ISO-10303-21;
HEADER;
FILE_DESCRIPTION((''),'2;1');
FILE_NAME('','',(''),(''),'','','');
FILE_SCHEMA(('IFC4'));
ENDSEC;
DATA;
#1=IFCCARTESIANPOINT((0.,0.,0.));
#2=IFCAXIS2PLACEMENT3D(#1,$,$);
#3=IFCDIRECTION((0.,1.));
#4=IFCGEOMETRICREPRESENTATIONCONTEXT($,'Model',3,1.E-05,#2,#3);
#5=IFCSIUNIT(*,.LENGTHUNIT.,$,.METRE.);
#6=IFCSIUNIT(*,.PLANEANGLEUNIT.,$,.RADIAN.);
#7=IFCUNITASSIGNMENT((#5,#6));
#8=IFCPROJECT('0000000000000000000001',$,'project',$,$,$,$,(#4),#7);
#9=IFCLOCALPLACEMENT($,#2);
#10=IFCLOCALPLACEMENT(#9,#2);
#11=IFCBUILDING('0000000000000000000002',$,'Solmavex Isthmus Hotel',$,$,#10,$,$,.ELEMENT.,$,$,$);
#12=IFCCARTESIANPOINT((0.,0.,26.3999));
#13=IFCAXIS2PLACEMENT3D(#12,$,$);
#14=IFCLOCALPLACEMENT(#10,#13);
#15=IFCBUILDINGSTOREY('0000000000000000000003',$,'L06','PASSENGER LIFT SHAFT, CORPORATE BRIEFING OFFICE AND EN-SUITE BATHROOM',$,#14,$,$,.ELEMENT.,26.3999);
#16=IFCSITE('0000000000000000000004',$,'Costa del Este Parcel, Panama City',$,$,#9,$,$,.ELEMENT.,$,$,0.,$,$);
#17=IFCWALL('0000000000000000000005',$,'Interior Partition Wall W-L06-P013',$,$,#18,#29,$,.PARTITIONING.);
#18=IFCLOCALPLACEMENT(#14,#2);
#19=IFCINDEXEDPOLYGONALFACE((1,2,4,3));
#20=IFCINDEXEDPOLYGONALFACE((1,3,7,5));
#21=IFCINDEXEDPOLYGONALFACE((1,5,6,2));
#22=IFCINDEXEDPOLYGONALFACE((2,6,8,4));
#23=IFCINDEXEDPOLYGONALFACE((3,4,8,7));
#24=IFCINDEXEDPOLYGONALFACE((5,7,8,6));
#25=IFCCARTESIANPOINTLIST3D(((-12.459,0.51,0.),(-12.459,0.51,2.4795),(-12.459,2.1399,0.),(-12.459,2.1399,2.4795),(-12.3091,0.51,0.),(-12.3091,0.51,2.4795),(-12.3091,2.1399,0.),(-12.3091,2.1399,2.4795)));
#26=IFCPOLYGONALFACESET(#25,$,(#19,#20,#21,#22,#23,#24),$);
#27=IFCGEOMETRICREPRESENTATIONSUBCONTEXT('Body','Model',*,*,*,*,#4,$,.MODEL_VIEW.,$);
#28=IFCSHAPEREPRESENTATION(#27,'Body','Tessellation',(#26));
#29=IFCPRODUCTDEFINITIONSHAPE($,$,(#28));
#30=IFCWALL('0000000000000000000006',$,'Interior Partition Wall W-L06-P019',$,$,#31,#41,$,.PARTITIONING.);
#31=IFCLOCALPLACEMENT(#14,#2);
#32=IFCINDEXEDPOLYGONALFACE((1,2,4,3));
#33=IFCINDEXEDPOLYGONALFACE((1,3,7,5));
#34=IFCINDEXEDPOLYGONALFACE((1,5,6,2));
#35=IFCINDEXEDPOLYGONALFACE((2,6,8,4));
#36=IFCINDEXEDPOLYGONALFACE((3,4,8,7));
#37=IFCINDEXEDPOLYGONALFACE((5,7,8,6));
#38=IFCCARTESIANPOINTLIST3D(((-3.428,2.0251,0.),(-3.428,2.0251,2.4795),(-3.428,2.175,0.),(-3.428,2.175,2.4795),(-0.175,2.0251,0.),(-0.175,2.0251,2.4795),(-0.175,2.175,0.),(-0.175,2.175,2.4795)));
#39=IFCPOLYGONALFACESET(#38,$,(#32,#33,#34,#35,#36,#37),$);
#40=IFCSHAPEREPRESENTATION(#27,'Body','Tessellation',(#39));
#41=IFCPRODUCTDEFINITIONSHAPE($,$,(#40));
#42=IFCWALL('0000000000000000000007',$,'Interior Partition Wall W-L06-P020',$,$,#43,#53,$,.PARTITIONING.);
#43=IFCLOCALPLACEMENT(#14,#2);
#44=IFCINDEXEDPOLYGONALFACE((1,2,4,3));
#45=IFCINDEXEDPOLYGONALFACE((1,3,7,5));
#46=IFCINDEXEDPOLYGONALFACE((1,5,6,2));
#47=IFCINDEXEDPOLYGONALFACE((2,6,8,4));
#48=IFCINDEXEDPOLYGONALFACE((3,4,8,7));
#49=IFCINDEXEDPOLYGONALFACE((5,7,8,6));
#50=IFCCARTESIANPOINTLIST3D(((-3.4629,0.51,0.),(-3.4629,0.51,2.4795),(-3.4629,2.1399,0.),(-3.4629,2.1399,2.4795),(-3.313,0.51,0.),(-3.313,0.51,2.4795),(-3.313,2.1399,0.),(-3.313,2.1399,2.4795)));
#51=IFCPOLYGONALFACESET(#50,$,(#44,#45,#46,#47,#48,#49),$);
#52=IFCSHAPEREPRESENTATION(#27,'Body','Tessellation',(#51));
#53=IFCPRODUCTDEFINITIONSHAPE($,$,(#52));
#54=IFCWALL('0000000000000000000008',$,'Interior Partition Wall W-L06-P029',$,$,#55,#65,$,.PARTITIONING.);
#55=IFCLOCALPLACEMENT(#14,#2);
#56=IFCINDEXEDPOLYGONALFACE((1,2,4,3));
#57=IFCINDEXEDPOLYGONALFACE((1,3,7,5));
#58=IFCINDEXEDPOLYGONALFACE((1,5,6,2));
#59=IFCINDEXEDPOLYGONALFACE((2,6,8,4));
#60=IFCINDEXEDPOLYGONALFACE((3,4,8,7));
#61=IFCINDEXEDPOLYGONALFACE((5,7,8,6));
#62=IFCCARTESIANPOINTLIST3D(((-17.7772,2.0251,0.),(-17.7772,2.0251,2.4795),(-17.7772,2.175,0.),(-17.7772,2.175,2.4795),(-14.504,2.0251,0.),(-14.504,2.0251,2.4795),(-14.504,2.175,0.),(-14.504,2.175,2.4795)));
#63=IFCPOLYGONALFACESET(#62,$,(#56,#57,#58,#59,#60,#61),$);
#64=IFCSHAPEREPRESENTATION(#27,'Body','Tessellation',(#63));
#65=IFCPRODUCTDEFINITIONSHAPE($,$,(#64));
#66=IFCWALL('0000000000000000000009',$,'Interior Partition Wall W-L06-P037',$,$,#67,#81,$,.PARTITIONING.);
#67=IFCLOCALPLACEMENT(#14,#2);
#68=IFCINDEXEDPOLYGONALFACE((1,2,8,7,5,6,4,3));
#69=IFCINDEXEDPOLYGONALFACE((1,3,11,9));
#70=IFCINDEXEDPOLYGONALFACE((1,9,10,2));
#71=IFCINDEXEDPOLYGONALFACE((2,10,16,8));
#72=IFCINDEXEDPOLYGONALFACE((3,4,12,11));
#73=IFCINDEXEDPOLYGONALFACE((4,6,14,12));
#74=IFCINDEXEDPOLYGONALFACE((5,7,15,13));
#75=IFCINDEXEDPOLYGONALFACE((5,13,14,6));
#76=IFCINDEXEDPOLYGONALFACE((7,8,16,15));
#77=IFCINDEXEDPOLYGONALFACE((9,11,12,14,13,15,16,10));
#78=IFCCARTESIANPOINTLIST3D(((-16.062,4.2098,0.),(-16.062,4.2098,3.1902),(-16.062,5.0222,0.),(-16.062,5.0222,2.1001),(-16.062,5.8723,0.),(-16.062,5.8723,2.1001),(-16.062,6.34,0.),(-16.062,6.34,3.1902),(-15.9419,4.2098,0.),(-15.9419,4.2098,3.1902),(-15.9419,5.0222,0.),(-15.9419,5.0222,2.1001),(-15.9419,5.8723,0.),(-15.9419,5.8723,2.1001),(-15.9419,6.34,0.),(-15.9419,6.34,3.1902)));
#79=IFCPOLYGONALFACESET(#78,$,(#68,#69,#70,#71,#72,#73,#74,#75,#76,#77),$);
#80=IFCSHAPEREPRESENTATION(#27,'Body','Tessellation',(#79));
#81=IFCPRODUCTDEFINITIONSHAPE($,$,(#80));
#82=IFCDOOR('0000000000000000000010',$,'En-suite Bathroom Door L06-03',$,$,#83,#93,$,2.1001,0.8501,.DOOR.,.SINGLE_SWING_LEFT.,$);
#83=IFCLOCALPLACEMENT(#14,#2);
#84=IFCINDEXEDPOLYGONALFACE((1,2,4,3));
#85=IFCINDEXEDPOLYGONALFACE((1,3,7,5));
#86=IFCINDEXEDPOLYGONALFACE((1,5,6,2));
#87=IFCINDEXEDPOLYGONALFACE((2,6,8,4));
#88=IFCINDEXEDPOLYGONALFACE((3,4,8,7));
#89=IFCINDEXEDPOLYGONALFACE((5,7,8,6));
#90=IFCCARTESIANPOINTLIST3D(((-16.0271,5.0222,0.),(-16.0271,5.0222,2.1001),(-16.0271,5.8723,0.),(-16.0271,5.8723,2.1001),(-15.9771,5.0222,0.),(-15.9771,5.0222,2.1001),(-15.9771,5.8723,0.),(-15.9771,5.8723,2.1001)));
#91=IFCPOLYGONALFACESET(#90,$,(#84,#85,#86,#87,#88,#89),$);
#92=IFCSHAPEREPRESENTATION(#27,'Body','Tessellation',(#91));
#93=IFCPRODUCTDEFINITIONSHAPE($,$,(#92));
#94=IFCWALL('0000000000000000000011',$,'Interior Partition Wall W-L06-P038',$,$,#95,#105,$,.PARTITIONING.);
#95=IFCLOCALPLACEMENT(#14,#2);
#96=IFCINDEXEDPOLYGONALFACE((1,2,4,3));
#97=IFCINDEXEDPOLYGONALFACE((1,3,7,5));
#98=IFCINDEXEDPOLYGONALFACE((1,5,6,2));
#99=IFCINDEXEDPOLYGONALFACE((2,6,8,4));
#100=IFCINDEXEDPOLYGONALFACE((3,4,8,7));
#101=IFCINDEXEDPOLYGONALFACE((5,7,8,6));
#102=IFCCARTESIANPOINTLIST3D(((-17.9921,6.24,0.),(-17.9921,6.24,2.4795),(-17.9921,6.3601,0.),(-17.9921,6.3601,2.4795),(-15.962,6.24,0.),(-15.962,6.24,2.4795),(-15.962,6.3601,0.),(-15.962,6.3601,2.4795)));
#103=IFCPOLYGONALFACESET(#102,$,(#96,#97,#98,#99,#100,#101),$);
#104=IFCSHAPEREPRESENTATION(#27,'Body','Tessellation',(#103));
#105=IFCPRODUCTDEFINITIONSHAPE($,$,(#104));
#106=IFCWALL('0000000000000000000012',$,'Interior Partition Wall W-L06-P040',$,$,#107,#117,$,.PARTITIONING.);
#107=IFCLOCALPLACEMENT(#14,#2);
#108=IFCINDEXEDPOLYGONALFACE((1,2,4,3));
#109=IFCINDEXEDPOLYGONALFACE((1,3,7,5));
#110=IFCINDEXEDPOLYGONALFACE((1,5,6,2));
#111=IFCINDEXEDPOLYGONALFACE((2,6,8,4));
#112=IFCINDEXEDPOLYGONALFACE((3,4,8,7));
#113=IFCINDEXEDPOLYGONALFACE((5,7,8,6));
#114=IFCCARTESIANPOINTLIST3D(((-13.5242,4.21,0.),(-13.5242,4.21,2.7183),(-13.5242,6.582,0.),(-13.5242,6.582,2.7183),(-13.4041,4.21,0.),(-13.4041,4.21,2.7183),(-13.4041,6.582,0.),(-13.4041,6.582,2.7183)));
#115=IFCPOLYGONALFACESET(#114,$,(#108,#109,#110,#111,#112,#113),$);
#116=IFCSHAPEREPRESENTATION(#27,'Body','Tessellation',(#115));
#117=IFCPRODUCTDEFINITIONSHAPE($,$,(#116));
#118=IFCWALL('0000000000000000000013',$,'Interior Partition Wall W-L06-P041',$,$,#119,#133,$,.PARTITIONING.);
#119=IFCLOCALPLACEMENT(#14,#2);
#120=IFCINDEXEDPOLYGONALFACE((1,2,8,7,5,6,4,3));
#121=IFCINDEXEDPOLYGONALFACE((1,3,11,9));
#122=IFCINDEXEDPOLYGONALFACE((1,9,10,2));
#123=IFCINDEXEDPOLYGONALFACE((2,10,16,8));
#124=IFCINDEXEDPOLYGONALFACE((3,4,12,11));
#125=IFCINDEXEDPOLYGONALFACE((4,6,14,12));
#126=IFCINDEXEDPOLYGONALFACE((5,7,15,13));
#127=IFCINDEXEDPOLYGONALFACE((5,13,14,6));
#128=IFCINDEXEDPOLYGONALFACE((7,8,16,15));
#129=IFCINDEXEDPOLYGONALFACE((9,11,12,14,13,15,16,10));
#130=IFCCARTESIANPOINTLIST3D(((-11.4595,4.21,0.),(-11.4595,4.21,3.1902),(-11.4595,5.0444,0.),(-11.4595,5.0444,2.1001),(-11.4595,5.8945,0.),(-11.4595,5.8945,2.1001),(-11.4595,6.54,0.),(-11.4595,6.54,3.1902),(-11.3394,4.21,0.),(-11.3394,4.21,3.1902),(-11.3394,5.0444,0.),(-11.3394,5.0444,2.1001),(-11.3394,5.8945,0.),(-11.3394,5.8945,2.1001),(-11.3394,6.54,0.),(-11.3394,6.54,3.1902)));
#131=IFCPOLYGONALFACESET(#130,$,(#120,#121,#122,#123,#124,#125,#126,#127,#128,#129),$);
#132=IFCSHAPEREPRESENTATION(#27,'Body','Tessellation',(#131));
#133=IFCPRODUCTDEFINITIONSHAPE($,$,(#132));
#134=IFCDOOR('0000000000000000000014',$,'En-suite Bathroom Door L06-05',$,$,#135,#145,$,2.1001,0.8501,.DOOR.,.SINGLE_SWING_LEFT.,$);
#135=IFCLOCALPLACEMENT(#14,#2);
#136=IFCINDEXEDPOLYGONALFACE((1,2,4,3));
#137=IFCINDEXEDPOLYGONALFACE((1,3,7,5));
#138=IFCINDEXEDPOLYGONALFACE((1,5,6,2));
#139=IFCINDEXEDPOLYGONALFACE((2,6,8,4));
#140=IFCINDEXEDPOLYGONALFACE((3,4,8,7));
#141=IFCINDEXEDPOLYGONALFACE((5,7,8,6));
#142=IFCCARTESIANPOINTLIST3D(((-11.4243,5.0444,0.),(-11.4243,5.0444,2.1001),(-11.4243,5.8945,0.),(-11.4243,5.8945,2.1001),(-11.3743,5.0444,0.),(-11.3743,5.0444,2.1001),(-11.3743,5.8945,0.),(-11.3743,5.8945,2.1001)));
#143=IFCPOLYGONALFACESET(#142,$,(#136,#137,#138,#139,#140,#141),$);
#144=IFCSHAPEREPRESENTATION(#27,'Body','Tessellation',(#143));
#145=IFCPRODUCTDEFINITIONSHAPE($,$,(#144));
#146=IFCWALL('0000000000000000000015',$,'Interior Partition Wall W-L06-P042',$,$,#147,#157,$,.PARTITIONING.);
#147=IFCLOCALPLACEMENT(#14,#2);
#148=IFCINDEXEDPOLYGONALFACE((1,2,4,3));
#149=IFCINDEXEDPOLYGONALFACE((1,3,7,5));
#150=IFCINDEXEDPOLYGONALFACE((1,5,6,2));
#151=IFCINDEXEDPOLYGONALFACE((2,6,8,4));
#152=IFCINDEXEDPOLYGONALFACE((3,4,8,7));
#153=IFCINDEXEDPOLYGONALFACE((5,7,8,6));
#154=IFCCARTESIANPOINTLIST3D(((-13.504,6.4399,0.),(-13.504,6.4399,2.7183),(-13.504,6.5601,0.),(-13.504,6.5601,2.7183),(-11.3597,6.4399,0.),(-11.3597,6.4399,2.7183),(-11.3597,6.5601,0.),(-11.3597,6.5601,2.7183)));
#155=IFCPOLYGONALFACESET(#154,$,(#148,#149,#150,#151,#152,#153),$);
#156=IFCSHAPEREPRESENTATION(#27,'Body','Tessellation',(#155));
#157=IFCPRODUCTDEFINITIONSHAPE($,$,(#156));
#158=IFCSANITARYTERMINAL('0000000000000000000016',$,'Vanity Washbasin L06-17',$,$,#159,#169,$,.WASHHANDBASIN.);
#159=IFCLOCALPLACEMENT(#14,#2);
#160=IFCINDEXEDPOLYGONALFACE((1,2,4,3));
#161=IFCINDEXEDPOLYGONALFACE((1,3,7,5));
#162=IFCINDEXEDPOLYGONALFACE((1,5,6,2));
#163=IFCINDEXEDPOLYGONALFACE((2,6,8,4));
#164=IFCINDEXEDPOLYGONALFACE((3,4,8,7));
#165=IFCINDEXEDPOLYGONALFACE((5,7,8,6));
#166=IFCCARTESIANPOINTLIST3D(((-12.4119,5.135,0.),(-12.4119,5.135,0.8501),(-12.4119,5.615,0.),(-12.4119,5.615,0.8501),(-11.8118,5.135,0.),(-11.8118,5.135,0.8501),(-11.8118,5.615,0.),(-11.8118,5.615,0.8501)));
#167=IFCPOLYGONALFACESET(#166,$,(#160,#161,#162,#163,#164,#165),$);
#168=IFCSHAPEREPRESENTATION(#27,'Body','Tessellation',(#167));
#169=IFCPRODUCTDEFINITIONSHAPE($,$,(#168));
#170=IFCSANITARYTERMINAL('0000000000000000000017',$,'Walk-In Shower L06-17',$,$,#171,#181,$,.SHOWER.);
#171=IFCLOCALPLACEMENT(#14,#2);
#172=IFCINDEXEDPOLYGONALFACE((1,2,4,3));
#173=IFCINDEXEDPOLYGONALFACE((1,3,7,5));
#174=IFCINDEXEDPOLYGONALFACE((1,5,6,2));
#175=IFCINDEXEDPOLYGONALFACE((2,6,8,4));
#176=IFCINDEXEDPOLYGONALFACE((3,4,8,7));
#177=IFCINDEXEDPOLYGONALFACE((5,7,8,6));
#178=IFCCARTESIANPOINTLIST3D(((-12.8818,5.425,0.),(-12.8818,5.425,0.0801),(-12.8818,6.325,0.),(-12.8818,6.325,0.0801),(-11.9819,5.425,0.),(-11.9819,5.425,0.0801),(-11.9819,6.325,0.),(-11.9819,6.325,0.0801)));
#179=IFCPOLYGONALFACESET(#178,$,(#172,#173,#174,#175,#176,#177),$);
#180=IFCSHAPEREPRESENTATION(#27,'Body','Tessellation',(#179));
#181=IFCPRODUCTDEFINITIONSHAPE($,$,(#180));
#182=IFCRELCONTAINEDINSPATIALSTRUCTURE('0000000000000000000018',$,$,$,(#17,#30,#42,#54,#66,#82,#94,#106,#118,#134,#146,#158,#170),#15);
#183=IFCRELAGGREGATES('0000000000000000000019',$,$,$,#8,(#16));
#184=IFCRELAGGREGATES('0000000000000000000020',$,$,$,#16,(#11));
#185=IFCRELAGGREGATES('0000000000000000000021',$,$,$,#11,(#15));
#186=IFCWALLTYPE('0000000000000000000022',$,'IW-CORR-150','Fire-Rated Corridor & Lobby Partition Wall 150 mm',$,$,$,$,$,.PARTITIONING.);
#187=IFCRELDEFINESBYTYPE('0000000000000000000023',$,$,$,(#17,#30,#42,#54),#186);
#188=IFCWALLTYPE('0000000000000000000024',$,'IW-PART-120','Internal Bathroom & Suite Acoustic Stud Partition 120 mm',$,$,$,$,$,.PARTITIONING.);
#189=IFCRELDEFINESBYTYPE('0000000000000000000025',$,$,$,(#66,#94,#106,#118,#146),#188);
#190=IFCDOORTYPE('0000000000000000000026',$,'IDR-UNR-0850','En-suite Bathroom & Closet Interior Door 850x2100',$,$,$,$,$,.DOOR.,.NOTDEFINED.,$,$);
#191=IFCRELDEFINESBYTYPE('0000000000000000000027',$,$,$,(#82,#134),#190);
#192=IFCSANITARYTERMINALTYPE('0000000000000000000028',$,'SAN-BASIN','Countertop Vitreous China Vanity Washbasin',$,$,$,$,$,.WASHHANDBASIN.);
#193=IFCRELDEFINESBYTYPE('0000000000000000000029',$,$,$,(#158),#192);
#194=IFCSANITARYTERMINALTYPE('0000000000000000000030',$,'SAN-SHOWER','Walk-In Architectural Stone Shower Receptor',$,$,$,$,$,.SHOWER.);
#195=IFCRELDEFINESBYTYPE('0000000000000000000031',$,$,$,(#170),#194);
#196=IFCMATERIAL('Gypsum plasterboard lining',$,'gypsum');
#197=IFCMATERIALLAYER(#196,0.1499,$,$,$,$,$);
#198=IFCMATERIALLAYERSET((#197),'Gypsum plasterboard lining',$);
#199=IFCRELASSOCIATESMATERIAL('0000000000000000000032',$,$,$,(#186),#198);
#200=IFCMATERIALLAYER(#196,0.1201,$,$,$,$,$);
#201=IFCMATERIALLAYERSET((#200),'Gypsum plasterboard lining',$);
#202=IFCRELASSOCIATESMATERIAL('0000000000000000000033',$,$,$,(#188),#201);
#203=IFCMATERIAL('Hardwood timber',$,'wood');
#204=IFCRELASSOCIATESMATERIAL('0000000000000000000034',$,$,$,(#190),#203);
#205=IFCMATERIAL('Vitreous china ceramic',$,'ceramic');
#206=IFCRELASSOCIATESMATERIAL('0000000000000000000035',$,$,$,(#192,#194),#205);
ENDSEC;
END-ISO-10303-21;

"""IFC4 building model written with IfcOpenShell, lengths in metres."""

from ifc_helpers import new_model, si_unit, direction, frame, frame_2d, origin, origin_2d, place, context, subcontext, project, spatial, rectangle, extrude, material, layer, layer_set, type_object, element, fill, save


model = new_model("IFC4")

# Units and contexts
model_context = context("Model", 3, precision=1e-05, world=origin(), true_north=direction((0.0, 1.0)))
body_context = subcontext(model_context, "Body", "Model", "MODEL_VIEW")
ifc_project = project(units=[si_unit("LENGTHUNIT", "METRE"), si_unit("PLANEANGLEUNIT", "RADIAN")], contexts=[model_context])

# Site, building, storey
site_placement = place(None, origin())
site = spatial("IfcSite", under=ifc_project, at=site_placement, Name="Costa del Este Parcel, Panama City", CompositionType="ELEMENT", RefElevation=0.0)
building_placement = place(site_placement, origin())
building = spatial("IfcBuilding", under=site, at=building_placement, Name="Solmavex Isthmus Hotel", CompositionType="ELEMENT")
storey_placement = place(building_placement, frame((0.0, 0.0, 26.3999)))
storey = spatial("IfcBuildingStorey", under=building, at=storey_placement, Name="L06", Description="PASSENGER LIFT SHAFT, CORPORATE BRIEFING OFFICE AND EN-SUITE BATHROOM", CompositionType="ELEMENT", Elevation=26.3999)

# Shared definitions
ifc_material_1 = material(Name="Gypsum plasterboard lining", Category="gypsum")

# Shared definitions
ifc_layer_1 = layer(ifc_material_1, 0.1499)
ifc_layer_set_1 = layer_set([ifc_layer_1], Name="Gypsum plasterboard lining")
wall_type_1 = type_object("IfcWallType", Name="IW-CORR-150", Description="Fire-Rated Corridor & Lobby Partition Wall 150 mm", PredefinedType="PARTITIONING", material=ifc_layer_set_1)
ifc_material_2 = material(Name="Hardwood timber", Category="wood")

# Walls
wall_1_placement = place(storey_placement, frame((-12.384, 2.1399, 0.0), z_axis=(0.0, 0.0, 1.0), x_axis=(0.0, -1.0, 0.0)))
element("IfcWall", 1, at=wall_1_placement, inside=storey, type_object=wall_type_1, Name="Interior Partition Wall W-L06-P013", PredefinedType="PARTITIONING", context=body_context, shape_type="SweptSolid", body=[
    extrude(rectangle(XDim=1.6299, YDim=0.1499, at=frame_2d((0.8149, 0.0))), origin(), (0.0, 0.0, 1.0), 2.4795),
])
wall_2_placement = place(storey_placement, frame((-0.175, 2.1001, 0.0), z_axis=(0.0, 0.0, 1.0), x_axis=(-1.0, 0.0, 0.0)))
element("IfcWall", 2, at=wall_2_placement, inside=storey, type_object=wall_type_1, Name="Interior Partition Wall W-L06-P019", PredefinedType="PARTITIONING", context=body_context, shape_type="SweptSolid", body=[
    extrude(rectangle(XDim=3.2529, YDim=0.1499, at=frame_2d((1.6265, 0.0))), origin(), (0.0, 0.0, 1.0), 2.4795),
])
wall_3_placement = place(storey_placement, frame((-3.3879, 2.1399, 0.0), z_axis=(0.0, 0.0, 1.0), x_axis=(0.0, -1.0, 0.0)))
element("IfcWall", 3, at=wall_3_placement, inside=storey, type_object=wall_type_1, Name="Interior Partition Wall W-L06-P020", PredefinedType="PARTITIONING", context=body_context, shape_type="SweptSolid", body=[
    extrude(rectangle(XDim=1.6299, YDim=0.1499, at=frame_2d((0.8149, 0.0))), origin(), (0.0, 0.0, 1.0), 2.4795),
])
wall_4_placement = place(storey_placement, frame((-14.5039, 2.1001, 0.0), z_axis=(0.0, 0.0, 1.0), x_axis=(-1.0, 0.0, 0.0)))
element("IfcWall", 4, at=wall_4_placement, inside=storey, type_object=wall_type_1, Name="Interior Partition Wall W-L06-P029", PredefinedType="PARTITIONING", context=body_context, shape_type="SweptSolid", body=[
    extrude(rectangle(XDim=3.2732, YDim=0.1499, at=frame_2d((1.6367, 0.0))), origin(), (0.0, 0.0, 1.0), 2.4795),
])

# Wall, opening, door
ifc_layer_2 = layer(ifc_material_1, 0.1201)
ifc_layer_set_2 = layer_set([ifc_layer_2], Name="Gypsum plasterboard lining")
wall_type_2 = type_object("IfcWallType", Name="IW-PART-120", Description="Internal Bathroom & Suite Acoustic Stud Partition 120 mm", PredefinedType="PARTITIONING", material=ifc_layer_set_2)
wall_5_placement = place(storey_placement, frame((-16.002, 4.21, 0.0), z_axis=(0.0, 0.0, 1.0), x_axis=(0.0, 1.0, 0.0)))
wall_5 = element("IfcWall", 5, at=wall_5_placement, inside=storey, type_object=wall_type_2, Name="Interior Partition Wall W-L06-P037", PredefinedType="PARTITIONING", context=body_context, shape_type="SweptSolid", body=[
    extrude(rectangle(XDim=2.1301, YDim=0.1201, at=frame_2d((1.0649, 0.0))), origin(), (0.0, 0.0, 1.0), 3.1902),
])
opening_1_placement = place(wall_5_placement, frame((0.8123, 0.0, 0.0)))
opening_1 = element("IfcOpeningElement", 6, at=opening_1_placement, cuts=wall_5, PredefinedType="OPENING", context=body_context, shape_type="SweptSolid", body=[
    extrude(rectangle(XDim=0.8501, YDim=2.1001, at=frame_2d((0.425, 1.05))), frame((0.0, 0.0701, 0.0), z_axis=(0.0, -1.0, 0.0), x_axis=(1.0, 0.0, 0.0)), (0.0, 0.0, 1.0), 0.1401),
])
door_type_1 = type_object("IfcDoorType", Name="IDR-UNR-0850", Description="En-suite Bathroom & Closet Interior Door 850x2100", OperationType="NOTDEFINED", PredefinedType="DOOR", material=ifc_material_2)
door_1_placement = place(opening_1_placement, frame((0.8501, 0.0, 0.0), z_axis=(0.0, 0.0, 1.0), x_axis=(-1.0, 0.0, 0.0)))
door_1 = element("IfcDoor", 7, at=door_1_placement, inside=storey, type_object=door_type_1, Name="En-suite Bathroom Door L06-03", OperationType="SINGLE_SWING_LEFT", OverallHeight=2.1001, OverallWidth=0.8501, PredefinedType="DOOR", context=body_context, shape_type="SweptSolid", body=[
    extrude(rectangle(XDim=0.8501, YDim=2.1001, at=frame_2d((0.425, 1.05))), frame((0.0, 0.0249, 0.0), z_axis=(0.0, -1.0, 0.0), x_axis=(1.0, 0.0, 0.0)), (0.0, 0.0, 1.0), 0.05),
])
fill(opening_1, door_1)

# Walls
wall_6_placement = place(storey_placement, frame((-15.9619, 6.3, 0.0), z_axis=(0.0, 0.0, 1.0), x_axis=(-1.0, 0.0, 0.0)))
element("IfcWall", 8, at=wall_6_placement, inside=storey, type_object=wall_type_2, Name="Interior Partition Wall W-L06-P038", PredefinedType="PARTITIONING", context=body_context, shape_type="SweptSolid", body=[
    extrude(rectangle(XDim=2.03, YDim=0.1201, at=frame_2d((1.0151, 0.0))), origin(), (0.0, 0.0, 1.0), 2.4795),
])
wall_7_placement = place(storey_placement, frame((-13.4641, 6.582, 0.0), z_axis=(0.0, 0.0, 1.0), x_axis=(0.0, -1.0, 0.0)))
element("IfcWall", 9, at=wall_7_placement, inside=storey, type_object=wall_type_2, Name="Interior Partition Wall W-L06-P040", PredefinedType="PARTITIONING", context=body_context, shape_type="SweptSolid", body=[
    extrude(rectangle(XDim=2.3721, YDim=0.1201, at=frame_2d((1.186, 0.0))), origin(), (0.0, 0.0, 1.0), 2.7183),
])

# Wall, opening, door
wall_8_placement = place(storey_placement, frame((-11.3994, 4.21, 0.0), z_axis=(0.0, 0.0, 1.0), x_axis=(0.0, 1.0, 0.0)))
wall_8 = element("IfcWall", 10, at=wall_8_placement, inside=storey, type_object=wall_type_2, Name="Interior Partition Wall W-L06-P041", PredefinedType="PARTITIONING", context=body_context, shape_type="SweptSolid", body=[
    extrude(rectangle(XDim=2.3301, YDim=0.1201, at=frame_2d((1.165, 0.0))), origin(), (0.0, 0.0, 1.0), 3.1902),
])
opening_2_placement = place(wall_8_placement, frame((0.8345, 0.0, 0.0)))
opening_2 = element("IfcOpeningElement", 11, at=opening_2_placement, cuts=wall_8, PredefinedType="OPENING", context=body_context, shape_type="SweptSolid", body=[
    extrude(rectangle(XDim=0.8501, YDim=2.1001, at=frame_2d((0.425, 1.05))), frame((0.0, 0.0701, 0.0), z_axis=(0.0, -1.0, 0.0), x_axis=(1.0, 0.0, 0.0)), (0.0, 0.0, 1.0), 0.1401),
])
door_2_placement = place(opening_2_placement, origin())
door_2 = element("IfcDoor", 12, at=door_2_placement, inside=storey, type_object=door_type_1, Name="En-suite Bathroom Door L06-05", OperationType="SINGLE_SWING_LEFT", OverallHeight=2.1001, OverallWidth=0.8501, PredefinedType="DOOR", context=body_context, shape_type="SweptSolid", body=[
    extrude(rectangle(XDim=0.8501, YDim=2.1001, at=frame_2d((0.425, 1.05))), frame((0.0, 0.0249, 0.0), z_axis=(0.0, -1.0, 0.0), x_axis=(1.0, 0.0, 0.0)), (0.0, 0.0, 1.0), 0.05),
])
fill(opening_2, door_2)

# Wall
wall_9_placement = place(storey_placement, frame((-11.3596, 6.5, 0.0), z_axis=(0.0, 0.0, 1.0), x_axis=(-1.0, 0.0, 0.0)))
element("IfcWall", 13, at=wall_9_placement, inside=storey, type_object=wall_type_2, Name="Interior Partition Wall W-L06-P042", PredefinedType="PARTITIONING", context=body_context, shape_type="SweptSolid", body=[
    extrude(rectangle(XDim=2.1443, YDim=0.1201, at=frame_2d((1.0723, 0.0))), origin(), (0.0, 0.0, 1.0), 2.7183),
])

# Sanitary terminals
ifc_material_3 = material(Name="Vitreous china ceramic", Category="ceramic")
sanitary_terminal_type_1 = type_object("IfcSanitaryTerminalType", Name="SAN-BASIN", Description="Countertop Vitreous China Vanity Washbasin", PredefinedType="WASHHANDBASIN", material=ifc_material_3)
sanitary_terminal_1_placement = place(storey_placement, frame((-12.1118, 5.375, 0.0), z_axis=(0.0, 0.0, 1.0), x_axis=(1.0, 0.0, 0.0)))
element("IfcSanitaryTerminal", 14, at=sanitary_terminal_1_placement, inside=storey, type_object=sanitary_terminal_type_1, Name="Vanity Washbasin L06-17", PredefinedType="WASHHANDBASIN", context=body_context, shape_type="SweptSolid", body=[
    extrude(rectangle(XDim=0.6001, YDim=0.48, at=origin_2d()), origin(), (0.0, 0.0, 1.0), 0.8501),
])
sanitary_terminal_type_2 = type_object("IfcSanitaryTerminalType", Name="SAN-SHOWER", Description="Walk-In Architectural Stone Shower Receptor", PredefinedType="SHOWER", material=ifc_material_3)
sanitary_terminal_2_placement = place(storey_placement, frame((-12.4319, 5.875, 0.0), z_axis=(0.0, 0.0, 1.0), x_axis=(1.0, 0.0, 0.0)))
element("IfcSanitaryTerminal", 15, at=sanitary_terminal_2_placement, inside=storey, type_object=sanitary_terminal_type_2, Name="Walk-In Shower L06-17", PredefinedType="SHOWER", context=body_context, shape_type="SweptSolid", body=[
    extrude(rectangle(XDim=0.8999, YDim=0.8999, at=origin_2d()), origin(), (0.0, 0.0, 1.0), 0.0801),
])

save(model, "model.ifc")
